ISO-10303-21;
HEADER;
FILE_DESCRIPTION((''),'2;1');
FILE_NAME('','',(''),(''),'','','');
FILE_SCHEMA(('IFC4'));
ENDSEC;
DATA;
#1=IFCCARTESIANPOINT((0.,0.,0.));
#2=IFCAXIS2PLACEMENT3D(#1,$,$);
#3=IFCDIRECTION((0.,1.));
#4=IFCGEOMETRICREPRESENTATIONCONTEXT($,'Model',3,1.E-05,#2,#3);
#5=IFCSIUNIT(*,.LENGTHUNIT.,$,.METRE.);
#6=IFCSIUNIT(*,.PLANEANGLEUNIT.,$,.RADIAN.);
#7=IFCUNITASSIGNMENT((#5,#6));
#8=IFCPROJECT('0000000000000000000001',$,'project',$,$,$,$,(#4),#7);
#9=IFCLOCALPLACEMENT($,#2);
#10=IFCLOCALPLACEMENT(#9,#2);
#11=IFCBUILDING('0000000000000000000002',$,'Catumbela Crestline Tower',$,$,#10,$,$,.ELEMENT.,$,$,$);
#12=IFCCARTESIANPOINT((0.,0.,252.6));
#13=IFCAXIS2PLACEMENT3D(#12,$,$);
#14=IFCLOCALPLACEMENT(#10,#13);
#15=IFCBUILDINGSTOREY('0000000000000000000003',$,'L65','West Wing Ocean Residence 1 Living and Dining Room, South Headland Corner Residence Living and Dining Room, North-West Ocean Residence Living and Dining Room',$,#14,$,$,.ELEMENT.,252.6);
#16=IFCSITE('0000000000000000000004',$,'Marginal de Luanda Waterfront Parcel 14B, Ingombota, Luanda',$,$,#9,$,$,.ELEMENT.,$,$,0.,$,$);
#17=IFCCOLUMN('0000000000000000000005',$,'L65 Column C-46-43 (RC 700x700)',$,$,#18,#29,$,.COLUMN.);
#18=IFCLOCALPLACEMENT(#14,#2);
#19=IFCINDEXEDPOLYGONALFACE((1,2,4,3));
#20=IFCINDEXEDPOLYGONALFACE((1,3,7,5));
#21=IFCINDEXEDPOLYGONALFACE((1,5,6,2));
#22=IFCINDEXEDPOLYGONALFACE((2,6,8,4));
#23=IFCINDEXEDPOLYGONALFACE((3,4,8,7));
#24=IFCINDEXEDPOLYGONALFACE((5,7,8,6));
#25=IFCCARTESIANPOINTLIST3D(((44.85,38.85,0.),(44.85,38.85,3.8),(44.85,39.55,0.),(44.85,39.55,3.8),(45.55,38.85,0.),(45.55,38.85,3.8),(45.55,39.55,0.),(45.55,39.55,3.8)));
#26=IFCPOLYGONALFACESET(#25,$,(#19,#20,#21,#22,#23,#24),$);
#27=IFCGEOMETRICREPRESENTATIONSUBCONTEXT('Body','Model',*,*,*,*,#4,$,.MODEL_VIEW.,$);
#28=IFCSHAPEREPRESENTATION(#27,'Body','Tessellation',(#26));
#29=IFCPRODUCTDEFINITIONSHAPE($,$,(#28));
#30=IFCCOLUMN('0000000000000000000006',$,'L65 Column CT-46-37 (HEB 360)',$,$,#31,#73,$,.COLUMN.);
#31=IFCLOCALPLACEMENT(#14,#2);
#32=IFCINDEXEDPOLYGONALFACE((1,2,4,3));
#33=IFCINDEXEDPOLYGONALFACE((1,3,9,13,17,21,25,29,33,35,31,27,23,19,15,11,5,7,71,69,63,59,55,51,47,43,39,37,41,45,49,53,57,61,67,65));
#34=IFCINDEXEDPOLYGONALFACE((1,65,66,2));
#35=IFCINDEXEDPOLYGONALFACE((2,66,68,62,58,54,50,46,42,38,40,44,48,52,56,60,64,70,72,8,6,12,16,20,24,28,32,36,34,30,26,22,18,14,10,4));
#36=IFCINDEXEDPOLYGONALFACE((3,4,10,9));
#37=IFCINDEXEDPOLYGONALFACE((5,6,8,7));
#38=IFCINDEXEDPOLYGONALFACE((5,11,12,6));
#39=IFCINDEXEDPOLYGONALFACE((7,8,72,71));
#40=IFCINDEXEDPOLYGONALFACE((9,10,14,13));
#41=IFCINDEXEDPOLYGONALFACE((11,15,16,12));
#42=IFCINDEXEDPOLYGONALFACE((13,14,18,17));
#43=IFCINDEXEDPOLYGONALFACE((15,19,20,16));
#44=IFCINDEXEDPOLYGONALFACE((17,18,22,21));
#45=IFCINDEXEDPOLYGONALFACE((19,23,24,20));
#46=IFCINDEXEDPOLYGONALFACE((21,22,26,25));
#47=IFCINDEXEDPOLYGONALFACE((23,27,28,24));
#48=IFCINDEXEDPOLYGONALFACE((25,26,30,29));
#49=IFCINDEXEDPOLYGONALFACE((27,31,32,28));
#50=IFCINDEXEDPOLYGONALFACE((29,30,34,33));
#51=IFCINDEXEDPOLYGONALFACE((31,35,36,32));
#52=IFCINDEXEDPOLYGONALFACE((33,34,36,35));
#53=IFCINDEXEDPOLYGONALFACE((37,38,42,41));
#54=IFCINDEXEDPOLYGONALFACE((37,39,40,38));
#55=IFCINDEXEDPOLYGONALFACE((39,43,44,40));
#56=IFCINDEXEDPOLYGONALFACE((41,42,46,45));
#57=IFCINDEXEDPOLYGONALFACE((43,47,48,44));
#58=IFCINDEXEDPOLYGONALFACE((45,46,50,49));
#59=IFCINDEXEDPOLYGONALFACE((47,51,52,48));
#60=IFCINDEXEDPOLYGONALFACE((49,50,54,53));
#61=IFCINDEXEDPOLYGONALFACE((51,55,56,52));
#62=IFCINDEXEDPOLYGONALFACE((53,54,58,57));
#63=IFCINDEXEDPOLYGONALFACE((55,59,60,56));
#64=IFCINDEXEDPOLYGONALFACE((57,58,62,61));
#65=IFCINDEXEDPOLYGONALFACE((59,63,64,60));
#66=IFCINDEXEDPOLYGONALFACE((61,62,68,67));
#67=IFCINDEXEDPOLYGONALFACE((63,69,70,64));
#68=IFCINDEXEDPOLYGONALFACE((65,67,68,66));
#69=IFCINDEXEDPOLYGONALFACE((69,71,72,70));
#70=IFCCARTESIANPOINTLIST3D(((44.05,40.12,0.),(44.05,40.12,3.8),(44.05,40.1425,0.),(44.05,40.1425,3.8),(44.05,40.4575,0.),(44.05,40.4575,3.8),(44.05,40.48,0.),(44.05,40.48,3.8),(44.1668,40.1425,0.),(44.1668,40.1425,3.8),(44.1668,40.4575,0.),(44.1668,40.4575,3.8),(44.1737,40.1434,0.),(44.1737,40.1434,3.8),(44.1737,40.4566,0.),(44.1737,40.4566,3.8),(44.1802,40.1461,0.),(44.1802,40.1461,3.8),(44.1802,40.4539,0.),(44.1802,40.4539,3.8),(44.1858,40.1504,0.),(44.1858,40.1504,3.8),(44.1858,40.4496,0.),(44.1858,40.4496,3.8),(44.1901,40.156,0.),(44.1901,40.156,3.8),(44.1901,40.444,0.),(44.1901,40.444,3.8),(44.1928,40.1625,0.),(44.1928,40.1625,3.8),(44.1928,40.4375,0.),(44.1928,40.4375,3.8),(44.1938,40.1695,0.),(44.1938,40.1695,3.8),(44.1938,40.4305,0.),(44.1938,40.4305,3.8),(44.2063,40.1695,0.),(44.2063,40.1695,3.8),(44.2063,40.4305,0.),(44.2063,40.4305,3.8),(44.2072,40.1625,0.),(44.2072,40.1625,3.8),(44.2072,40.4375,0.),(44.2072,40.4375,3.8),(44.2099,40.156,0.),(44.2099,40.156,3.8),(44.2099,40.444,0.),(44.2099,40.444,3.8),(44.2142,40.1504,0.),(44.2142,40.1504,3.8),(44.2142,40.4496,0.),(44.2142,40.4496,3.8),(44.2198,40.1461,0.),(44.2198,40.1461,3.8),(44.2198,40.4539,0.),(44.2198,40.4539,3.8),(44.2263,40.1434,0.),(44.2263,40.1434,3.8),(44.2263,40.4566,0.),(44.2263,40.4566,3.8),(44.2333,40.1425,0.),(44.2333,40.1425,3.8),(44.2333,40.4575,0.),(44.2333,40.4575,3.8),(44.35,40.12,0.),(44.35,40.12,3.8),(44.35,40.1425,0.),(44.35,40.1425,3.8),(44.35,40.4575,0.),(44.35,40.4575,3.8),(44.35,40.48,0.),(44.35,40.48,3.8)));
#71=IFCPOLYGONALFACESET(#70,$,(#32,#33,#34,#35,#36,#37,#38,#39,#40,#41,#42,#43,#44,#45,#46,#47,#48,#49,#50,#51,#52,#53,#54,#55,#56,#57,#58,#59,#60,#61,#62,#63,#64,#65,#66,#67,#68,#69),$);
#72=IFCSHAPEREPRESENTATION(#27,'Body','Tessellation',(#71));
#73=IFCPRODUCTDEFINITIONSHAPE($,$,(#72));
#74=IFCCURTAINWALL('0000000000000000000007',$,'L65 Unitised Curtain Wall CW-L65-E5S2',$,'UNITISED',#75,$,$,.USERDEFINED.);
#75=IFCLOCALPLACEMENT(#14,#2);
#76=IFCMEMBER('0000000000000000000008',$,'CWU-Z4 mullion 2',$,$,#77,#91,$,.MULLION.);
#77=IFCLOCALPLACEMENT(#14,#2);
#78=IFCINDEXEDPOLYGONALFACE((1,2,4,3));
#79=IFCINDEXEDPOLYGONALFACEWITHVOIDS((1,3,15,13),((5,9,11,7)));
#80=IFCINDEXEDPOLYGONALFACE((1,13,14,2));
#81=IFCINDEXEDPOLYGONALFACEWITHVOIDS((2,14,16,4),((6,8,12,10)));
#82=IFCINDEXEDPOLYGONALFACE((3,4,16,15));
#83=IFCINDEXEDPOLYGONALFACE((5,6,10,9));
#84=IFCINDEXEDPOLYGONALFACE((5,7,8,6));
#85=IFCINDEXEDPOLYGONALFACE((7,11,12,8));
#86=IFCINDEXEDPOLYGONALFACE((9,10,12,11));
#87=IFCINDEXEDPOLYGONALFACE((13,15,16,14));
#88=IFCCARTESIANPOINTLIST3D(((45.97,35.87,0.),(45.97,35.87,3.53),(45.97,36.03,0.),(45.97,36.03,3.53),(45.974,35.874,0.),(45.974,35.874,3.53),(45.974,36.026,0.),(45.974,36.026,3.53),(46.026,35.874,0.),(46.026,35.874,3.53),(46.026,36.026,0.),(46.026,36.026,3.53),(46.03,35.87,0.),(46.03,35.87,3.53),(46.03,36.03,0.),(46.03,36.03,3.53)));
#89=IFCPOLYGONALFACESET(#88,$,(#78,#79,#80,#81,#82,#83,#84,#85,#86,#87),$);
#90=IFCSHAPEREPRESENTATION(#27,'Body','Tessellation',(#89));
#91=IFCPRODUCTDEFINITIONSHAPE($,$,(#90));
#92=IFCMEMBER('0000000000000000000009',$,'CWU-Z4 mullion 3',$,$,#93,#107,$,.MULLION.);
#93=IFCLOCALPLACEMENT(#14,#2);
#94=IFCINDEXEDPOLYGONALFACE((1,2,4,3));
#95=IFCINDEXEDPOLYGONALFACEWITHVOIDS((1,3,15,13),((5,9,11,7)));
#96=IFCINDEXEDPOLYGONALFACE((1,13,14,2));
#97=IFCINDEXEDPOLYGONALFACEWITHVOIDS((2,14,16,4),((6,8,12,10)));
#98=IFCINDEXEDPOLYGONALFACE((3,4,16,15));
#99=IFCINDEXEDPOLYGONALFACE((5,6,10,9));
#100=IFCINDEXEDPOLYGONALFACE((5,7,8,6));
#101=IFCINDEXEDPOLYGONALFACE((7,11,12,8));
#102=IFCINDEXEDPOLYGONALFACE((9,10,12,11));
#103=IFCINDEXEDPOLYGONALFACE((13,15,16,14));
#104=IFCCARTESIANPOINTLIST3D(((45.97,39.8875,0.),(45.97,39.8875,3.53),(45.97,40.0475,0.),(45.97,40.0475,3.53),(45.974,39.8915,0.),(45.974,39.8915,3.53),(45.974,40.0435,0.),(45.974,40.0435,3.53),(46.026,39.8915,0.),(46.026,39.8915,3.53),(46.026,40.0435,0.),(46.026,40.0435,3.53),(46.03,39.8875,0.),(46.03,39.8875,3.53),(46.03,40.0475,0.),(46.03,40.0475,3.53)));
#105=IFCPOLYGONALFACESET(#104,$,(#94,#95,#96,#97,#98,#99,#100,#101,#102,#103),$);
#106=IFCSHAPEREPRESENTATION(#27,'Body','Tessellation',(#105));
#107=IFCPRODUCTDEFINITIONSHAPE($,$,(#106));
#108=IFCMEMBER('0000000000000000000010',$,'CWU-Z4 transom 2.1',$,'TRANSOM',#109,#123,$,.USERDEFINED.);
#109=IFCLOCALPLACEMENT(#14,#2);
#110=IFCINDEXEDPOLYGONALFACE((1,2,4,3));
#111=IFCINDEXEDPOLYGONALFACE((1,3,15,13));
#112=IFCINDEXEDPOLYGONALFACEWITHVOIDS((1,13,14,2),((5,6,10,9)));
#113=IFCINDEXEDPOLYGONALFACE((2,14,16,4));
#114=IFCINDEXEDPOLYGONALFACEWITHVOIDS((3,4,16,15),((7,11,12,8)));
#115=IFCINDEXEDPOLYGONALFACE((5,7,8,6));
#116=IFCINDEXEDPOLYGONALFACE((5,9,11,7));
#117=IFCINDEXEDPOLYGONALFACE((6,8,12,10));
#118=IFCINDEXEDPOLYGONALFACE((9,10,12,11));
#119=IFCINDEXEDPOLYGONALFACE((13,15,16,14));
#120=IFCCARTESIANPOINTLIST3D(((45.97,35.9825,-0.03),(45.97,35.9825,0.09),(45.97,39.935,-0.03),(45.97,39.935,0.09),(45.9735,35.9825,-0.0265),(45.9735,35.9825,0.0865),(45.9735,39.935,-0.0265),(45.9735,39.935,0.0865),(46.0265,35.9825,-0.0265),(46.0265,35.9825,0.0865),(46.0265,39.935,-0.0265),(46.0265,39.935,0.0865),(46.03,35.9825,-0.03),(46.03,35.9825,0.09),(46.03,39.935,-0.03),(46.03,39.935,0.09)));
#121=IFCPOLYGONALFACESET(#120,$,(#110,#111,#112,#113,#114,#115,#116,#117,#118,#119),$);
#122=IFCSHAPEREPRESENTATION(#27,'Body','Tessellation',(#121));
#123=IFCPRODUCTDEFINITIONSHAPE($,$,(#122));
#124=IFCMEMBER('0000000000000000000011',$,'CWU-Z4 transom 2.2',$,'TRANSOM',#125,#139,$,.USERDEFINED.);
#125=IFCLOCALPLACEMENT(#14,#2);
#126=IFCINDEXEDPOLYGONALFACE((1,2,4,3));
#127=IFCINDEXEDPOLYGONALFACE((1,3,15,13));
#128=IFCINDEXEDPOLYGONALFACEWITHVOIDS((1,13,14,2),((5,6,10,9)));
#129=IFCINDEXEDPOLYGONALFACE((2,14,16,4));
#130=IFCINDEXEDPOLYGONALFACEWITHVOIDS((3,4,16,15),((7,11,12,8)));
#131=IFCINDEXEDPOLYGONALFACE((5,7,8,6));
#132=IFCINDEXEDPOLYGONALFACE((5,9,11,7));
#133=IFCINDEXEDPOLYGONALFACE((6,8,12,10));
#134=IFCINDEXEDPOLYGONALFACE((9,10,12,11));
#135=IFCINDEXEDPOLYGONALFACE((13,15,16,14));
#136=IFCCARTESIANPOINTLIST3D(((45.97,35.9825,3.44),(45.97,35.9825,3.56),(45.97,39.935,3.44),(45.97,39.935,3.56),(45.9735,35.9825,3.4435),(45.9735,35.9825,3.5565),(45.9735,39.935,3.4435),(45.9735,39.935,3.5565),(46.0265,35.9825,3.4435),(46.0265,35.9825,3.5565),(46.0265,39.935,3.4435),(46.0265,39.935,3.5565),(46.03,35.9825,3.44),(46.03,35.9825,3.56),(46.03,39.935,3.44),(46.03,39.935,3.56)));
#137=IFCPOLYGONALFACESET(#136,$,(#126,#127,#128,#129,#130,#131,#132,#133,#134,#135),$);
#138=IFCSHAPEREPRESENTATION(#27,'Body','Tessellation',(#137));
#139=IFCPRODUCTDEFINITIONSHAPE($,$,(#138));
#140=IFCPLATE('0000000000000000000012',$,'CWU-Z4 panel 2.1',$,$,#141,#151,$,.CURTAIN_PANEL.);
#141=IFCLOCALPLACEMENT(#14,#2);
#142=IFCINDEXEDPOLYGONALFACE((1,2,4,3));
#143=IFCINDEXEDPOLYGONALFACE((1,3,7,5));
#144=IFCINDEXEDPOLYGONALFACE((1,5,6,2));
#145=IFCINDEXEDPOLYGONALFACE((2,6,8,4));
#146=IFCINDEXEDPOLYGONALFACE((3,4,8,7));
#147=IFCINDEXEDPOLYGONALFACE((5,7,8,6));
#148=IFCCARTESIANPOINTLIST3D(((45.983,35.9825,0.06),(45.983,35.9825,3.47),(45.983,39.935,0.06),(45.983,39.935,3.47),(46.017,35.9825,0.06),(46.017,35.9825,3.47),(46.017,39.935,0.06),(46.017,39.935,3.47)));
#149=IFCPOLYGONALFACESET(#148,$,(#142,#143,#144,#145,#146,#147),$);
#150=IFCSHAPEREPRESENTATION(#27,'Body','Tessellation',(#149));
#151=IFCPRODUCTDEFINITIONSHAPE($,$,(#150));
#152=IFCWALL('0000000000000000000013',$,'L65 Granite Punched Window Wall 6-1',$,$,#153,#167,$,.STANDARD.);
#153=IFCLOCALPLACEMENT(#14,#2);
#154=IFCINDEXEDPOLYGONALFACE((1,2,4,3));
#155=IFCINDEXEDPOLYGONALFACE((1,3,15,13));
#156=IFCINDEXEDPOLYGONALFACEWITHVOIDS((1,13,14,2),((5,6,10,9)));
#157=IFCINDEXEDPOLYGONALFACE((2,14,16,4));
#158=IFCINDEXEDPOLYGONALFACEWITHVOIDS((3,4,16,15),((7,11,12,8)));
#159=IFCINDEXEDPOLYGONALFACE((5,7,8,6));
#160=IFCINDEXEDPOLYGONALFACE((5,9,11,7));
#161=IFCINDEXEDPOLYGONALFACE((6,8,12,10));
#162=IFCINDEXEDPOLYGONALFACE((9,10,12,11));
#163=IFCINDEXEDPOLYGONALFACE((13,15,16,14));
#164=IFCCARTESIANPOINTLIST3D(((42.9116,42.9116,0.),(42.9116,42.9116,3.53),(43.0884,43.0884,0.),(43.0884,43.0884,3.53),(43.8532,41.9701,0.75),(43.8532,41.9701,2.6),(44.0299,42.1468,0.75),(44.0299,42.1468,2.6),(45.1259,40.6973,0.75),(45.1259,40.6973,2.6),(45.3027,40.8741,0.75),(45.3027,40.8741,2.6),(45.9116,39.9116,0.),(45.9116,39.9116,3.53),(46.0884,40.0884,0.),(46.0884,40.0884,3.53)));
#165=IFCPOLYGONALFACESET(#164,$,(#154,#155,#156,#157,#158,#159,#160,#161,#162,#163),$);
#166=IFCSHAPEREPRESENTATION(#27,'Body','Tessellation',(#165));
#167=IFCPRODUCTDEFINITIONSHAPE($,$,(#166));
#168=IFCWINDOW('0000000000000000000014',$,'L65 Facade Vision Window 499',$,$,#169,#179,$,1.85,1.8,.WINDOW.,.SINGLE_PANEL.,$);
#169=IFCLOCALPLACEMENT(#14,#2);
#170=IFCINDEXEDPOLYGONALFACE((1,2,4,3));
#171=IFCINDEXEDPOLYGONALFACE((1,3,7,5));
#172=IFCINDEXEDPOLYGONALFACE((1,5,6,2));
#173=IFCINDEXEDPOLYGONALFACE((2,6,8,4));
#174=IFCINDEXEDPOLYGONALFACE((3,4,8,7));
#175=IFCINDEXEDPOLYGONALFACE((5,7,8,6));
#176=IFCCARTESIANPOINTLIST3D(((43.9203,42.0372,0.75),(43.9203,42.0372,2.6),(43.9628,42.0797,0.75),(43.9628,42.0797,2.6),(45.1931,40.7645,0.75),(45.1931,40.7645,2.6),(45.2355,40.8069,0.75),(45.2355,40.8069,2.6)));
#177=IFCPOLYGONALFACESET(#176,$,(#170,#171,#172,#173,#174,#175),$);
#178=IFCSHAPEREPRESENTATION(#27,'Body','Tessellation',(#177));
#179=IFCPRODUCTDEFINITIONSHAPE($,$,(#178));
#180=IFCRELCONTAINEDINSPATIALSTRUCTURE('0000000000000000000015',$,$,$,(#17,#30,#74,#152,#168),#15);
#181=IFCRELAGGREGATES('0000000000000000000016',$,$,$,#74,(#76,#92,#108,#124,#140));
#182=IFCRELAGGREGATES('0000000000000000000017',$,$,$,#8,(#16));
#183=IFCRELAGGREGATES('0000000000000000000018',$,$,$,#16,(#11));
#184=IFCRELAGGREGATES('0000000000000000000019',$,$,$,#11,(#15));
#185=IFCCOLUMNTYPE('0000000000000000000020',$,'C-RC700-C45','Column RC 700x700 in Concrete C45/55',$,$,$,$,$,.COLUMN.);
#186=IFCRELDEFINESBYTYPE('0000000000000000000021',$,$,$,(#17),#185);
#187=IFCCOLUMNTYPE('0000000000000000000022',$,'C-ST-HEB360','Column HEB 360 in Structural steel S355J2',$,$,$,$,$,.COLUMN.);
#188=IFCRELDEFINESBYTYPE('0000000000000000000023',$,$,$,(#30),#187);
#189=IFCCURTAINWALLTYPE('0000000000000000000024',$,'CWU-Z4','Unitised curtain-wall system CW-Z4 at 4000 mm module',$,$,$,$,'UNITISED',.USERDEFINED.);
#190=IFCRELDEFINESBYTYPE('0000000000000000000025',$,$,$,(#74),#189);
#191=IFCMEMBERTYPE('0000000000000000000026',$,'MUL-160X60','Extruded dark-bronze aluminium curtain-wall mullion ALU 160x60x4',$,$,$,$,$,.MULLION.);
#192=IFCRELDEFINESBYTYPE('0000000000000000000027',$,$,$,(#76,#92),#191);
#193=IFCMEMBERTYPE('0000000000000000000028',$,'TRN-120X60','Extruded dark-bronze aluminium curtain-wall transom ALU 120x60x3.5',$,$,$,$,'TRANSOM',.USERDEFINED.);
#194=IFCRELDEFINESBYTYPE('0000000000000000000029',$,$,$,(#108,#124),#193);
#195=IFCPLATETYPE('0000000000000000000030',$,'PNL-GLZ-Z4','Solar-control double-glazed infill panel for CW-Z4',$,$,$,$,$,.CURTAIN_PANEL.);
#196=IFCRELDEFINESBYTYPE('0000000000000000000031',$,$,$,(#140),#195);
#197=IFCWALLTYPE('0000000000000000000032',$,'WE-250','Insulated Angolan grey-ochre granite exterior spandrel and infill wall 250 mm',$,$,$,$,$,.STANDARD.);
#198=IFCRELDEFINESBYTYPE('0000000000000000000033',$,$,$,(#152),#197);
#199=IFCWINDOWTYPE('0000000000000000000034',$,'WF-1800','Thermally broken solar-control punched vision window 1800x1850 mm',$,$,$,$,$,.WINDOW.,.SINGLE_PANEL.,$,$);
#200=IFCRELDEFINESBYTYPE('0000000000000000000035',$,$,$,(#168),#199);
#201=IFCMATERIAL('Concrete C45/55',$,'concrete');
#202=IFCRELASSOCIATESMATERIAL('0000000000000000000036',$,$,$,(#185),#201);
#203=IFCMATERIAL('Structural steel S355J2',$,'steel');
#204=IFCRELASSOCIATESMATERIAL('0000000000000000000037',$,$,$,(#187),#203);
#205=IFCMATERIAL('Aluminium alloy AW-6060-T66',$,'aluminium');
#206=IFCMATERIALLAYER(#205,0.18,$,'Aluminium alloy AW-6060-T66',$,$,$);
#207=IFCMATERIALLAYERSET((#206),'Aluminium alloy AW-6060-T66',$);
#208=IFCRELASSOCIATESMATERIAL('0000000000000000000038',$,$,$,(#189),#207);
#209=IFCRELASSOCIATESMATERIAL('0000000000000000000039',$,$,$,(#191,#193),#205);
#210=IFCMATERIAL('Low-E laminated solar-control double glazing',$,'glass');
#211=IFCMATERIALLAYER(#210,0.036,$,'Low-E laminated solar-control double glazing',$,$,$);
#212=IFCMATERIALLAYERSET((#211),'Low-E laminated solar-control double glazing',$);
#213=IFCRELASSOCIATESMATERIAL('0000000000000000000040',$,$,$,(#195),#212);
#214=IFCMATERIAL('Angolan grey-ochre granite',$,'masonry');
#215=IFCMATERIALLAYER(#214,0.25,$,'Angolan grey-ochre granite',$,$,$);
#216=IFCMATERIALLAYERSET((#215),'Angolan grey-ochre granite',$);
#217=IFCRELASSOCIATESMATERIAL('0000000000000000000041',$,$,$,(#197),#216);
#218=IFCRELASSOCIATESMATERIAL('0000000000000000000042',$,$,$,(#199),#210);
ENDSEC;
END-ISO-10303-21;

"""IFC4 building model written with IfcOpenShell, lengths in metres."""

from ifc_helpers import new_model, si_unit, direction, frame, frame_2d, origin, origin_2d, place, context, subcontext, project, spatial, rectangle, hollow_rectangle, i_section, extrude, material, layer, layer_set, material_profile, profile_set, type_object, element, fill, aggregate, save


model = new_model("IFC4")

# Units and contexts
model_context = context("Model", 3, precision=1e-05, world=origin(), true_north=direction((0.0, 1.0)))
body_context = subcontext(model_context, "Body", "Model", "MODEL_VIEW")
ifc_project = project(units=[si_unit("LENGTHUNIT", "METRE"), si_unit("PLANEANGLEUNIT", "RADIAN")], contexts=[model_context])

# Site, building, storey
site_placement = place(None, origin())
site = spatial("IfcSite", under=ifc_project, at=site_placement, Name="Marginal de Luanda Waterfront Parcel 14B, Ingombota, Luanda", CompositionType="ELEMENT", RefElevation=0.0)
building_placement = place(site_placement, origin())
building = spatial("IfcBuilding", under=site, at=building_placement, Name="Catumbela Crestline Tower", CompositionType="ELEMENT")
storey_placement = place(building_placement, frame((0.0, 0.0, 252.6)))
storey = spatial("IfcBuildingStorey", under=building, at=storey_placement, Name="L65", Description="West Wing Ocean Residence 1 Living and Dining Room, South Headland Corner Residence Living and Dining Room, North-West Ocean Residence Living and Dining Room", CompositionType="ELEMENT", Elevation=252.6)

# Columns
ifc_material_1 = material(Name="Concrete C45/55", Category="concrete")
ifc_material_profile_1 = material_profile(ifc_material_1, rectangle(XDim=0.7, YDim=0.7, at=origin_2d()), Name="RC 700x700")
ifc_profile_set_1 = profile_set([ifc_material_profile_1], Name="Concrete C45/55")
column_type_1 = type_object("IfcColumnType", Name="C-RC700-C45", Description="Column RC 700x700 in Concrete C45/55", PredefinedType="COLUMN", material=ifc_profile_set_1)
column_1_placement = place(storey_placement, frame((45.2, 39.2, 0.0), z_axis=(0.0, 0.0, 1.0), x_axis=(1.0, 0.0, 0.0)))
element("IfcColumn", 1, at=column_1_placement, inside=storey, type_object=column_type_1, Name="L65 Column C-46-43 (RC 700x700)", PredefinedType="COLUMN", context=body_context, shape_type="SweptSolid", body=[
    extrude(rectangle(XDim=0.7, YDim=0.7, at=origin_2d()), origin(), (0.0, 0.0, 1.0), 3.8),
])
ifc_material_2 = material(Name="Structural steel S355J2", Category="steel")
ifc_material_profile_2 = material_profile(ifc_material_2, i_section(OverallWidth=0.3, OverallDepth=0.36, WebThickness=0.0125, FlangeThickness=0.0225, FilletRadius=0.027, at=origin_2d()), Name="HEB 360")
ifc_profile_set_2 = profile_set([ifc_material_profile_2], Name="Structural steel S355J2")
column_type_2 = type_object("IfcColumnType", Name="C-ST-HEB360", Description="Column HEB 360 in Structural steel S355J2", PredefinedType="COLUMN", material=ifc_profile_set_2)
column_2_placement = place(storey_placement, frame((44.2, 40.3, 0.0), z_axis=(0.0, 0.0, 1.0), x_axis=(1.0, 0.0, 0.0)))
element("IfcColumn", 2, at=column_2_placement, inside=storey, type_object=column_type_2, Name="L65 Column CT-46-37 (HEB 360)", PredefinedType="COLUMN", context=body_context, shape_type="SweptSolid", body=[
    extrude(i_section(OverallWidth=0.3, OverallDepth=0.36, WebThickness=0.0125, FlangeThickness=0.0225, FilletRadius=0.027, at=origin_2d()), origin(), (0.0, 0.0, 1.0), 3.8),
])

# Curtain wall, members, plate
ifc_material_3 = material(Name="Aluminium alloy AW-6060-T66", Category="aluminium")
ifc_layer_1 = layer(ifc_material_3, 0.18, Name="Aluminium alloy AW-6060-T66")
ifc_layer_set_1 = layer_set([ifc_layer_1], Name="Aluminium alloy AW-6060-T66")
curtain_wall_type = type_object("IfcCurtainWallType", Name="CWU-Z4", Description="Unitised curtain-wall system CW-Z4 at 4000 mm module", ElementType="UNITISED", PredefinedType="USERDEFINED", material=ifc_layer_set_1)
curtain_wall_placement = place(storey_placement, origin())
curtain_wall = element("IfcCurtainWall", 3, at=curtain_wall_placement, inside=storey, type_object=curtain_wall_type, Name="L65 Unitised Curtain Wall CW-L65-E5S2", ObjectType="UNITISED", PredefinedType="USERDEFINED")
ifc_material_profile_3 = material_profile(ifc_material_3, hollow_rectangle(XDim=0.06, YDim=0.16, WallThickness=0.004, at=origin_2d()), Name="ALU 160x60x4")
ifc_profile_set_3 = profile_set([ifc_material_profile_3], Name="Aluminium alloy AW-6060-T66")
member_type_1 = type_object("IfcMemberType", Name="MUL-160X60", Description="Extruded dark-bronze aluminium curtain-wall mullion ALU 160x60x4", PredefinedType="MULLION", material=ifc_profile_set_3)
member_1_placement = place(storey_placement, frame((46.0, 35.95, 0.0), z_axis=(0.0, 0.0, 1.0), x_axis=(-1.0, 0.0, 0.0)))
member_1 = element("IfcMember", 4, at=member_1_placement, type_object=member_type_1, Name="CWU-Z4 mullion 2", PredefinedType="MULLION", context=body_context, shape_type="SweptSolid", body=[
    extrude(hollow_rectangle(XDim=0.06, YDim=0.16, WallThickness=0.004, at=origin_2d()), origin(), (0.0, 0.0, 1.0), 3.53),
])
member_2_placement = place(storey_placement, frame((46.0, 39.9675, 0.0), z_axis=(0.0, 0.0, 1.0), x_axis=(-1.0, 0.0, 0.0)))
member_2 = element("IfcMember", 5, at=member_2_placement, type_object=member_type_1, Name="CWU-Z4 mullion 3", PredefinedType="MULLION", context=body_context, shape_type="SweptSolid", body=[
    extrude(hollow_rectangle(XDim=0.06, YDim=0.16, WallThickness=0.004, at=origin_2d()), origin(), (0.0, 0.0, 1.0), 3.53),
])
ifc_material_profile_4 = material_profile(ifc_material_3, hollow_rectangle(XDim=0.06, YDim=0.12, WallThickness=0.0035, at=origin_2d()), Name="ALU 120x60x3.5")
ifc_profile_set_4 = profile_set([ifc_material_profile_4], Name="Aluminium alloy AW-6060-T66")
member_type_2 = type_object("IfcMemberType", Name="TRN-120X60", Description="Extruded dark-bronze aluminium curtain-wall transom ALU 120x60x3.5", ElementType="TRANSOM", PredefinedType="USERDEFINED", material=ifc_profile_set_4)
member_3_placement = place(storey_placement, frame((46.0, 35.9825, 0.03), z_axis=(0.0, 1.0, 0.0), x_axis=(-1.0, 0.0, 0.0)))
member_3 = element("IfcMember", 6, at=member_3_placement, type_object=member_type_2, Name="CWU-Z4 transom 2.1", ObjectType="TRANSOM", PredefinedType="USERDEFINED", context=body_context, shape_type="SweptSolid", body=[
    extrude(hollow_rectangle(XDim=0.06, YDim=0.12, WallThickness=0.0035, at=origin_2d()), origin(), (0.0, 0.0, 1.0), 3.9525),
])
member_4_placement = place(storey_placement, frame((46.0, 35.9825, 3.5), z_axis=(0.0, 1.0, 0.0), x_axis=(-1.0, 0.0, 0.0)))
member_4 = element("IfcMember", 7, at=member_4_placement, type_object=member_type_2, Name="CWU-Z4 transom 2.2", ObjectType="TRANSOM", PredefinedType="USERDEFINED", context=body_context, shape_type="SweptSolid", body=[
    extrude(hollow_rectangle(XDim=0.06, YDim=0.12, WallThickness=0.0035, at=origin_2d()), origin(), (0.0, 0.0, 1.0), 3.9525),
])
ifc_material_4 = material(Name="Low-E laminated solar-control double glazing", Category="glass")
ifc_layer_2 = layer(ifc_material_4, 0.036, Name="Low-E laminated solar-control double glazing")
ifc_layer_set_2 = layer_set([ifc_layer_2], Name="Low-E laminated solar-control double glazing")
plate_type = type_object("IfcPlateType", Name="PNL-GLZ-Z4", Description="Solar-control double-glazed infill panel for CW-Z4", PredefinedType="CURTAIN_PANEL", material=ifc_layer_set_2)
plate_placement = place(storey_placement, frame((46.0, 37.9588, 0.06), z_axis=(0.0, 0.0, 1.0), x_axis=(0.0, 1.0, 0.0)))
plate = element("IfcPlate", 8, at=plate_placement, type_object=plate_type, Name="CWU-Z4 panel 2.1", PredefinedType="CURTAIN_PANEL", context=body_context, shape_type="SweptSolid", body=[
    extrude(rectangle(XDim=3.9525, YDim=0.034, at=origin_2d()), origin(), (0.0, 0.0, 1.0), 3.41),
])
aggregate(curtain_wall, [member_1, member_2, member_3, member_4, plate])

# Wall, opening, window
ifc_material_5 = material(Name="Angolan grey-ochre granite", Category="masonry")
ifc_layer_3 = layer(ifc_material_5, 0.25, Name="Angolan grey-ochre granite")
ifc_layer_set_3 = layer_set([ifc_layer_3], Name="Angolan grey-ochre granite")
wall_type_1 = type_object("IfcWallType", Name="WE-250", Description="Insulated Angolan grey-ochre granite exterior spandrel and infill wall 250 mm", PredefinedType="STANDARD", material=ifc_layer_set_3)
wall_1_placement = place(storey_placement, frame((46.0, 40.0, 0.0), z_axis=(0.0, 0.0, 1.0), x_axis=(-0.707107, 0.707107, 0.0)))
wall_1 = element("IfcWall", 9, at=wall_1_placement, inside=storey, type_object=wall_type_1, Name="L65 Granite Punched Window Wall 6-1", PredefinedType="STANDARD", context=body_context, shape_type="SweptSolid", body=[
    extrude(rectangle(XDim=4.2426, YDim=0.25, at=frame_2d((2.1213, 0.0))), origin(), (0.0, 0.0, 1.0), 3.53),
])
opening_1_placement = place(wall_1_placement, frame((1.1111, 0.0, 0.75)))
opening_1 = element("IfcOpeningElement", 10, at=opening_1_placement, cuts=wall_1, PredefinedType="OPENING", context=body_context, shape_type="SweptSolid", body=[
    extrude(rectangle(XDim=1.8, YDim=1.85, at=frame_2d((0.9, 0.925))), frame((0.0, 0.135, 0.0), z_axis=(0.0, -1.0, 0.0), x_axis=(1.0, 0.0, 0.0)), (0.0, 0.0, 1.0), 0.27),
])
window_type_1 = type_object("IfcWindowType", Name="WF-1800", Description="Thermally broken solar-control punched vision window 1800x1850 mm", PartitioningType="SINGLE_PANEL", PredefinedType="WINDOW", material=ifc_material_4)
window_1_placement = place(opening_1_placement, origin())
window_1 = element("IfcWindow", 11, at=window_1_placement, inside=storey, type_object=window_type_1, Name="L65 Facade Vision Window 499", OverallHeight=1.85, OverallWidth=1.8, PartitioningType="SINGLE_PANEL", PredefinedType="WINDOW", context=body_context, shape_type="SweptSolid", body=[
    extrude(rectangle(XDim=1.8, YDim=1.85, at=frame_2d((0.9, 0.925))), frame((0.0, 0.03, 0.0), z_axis=(0.0, -1.0, 0.0), x_axis=(1.0, 0.0, 0.0)), (0.0, 0.0, 1.0), 0.06),
])
fill(opening_1, window_1)

save(model, "model.ifc")
